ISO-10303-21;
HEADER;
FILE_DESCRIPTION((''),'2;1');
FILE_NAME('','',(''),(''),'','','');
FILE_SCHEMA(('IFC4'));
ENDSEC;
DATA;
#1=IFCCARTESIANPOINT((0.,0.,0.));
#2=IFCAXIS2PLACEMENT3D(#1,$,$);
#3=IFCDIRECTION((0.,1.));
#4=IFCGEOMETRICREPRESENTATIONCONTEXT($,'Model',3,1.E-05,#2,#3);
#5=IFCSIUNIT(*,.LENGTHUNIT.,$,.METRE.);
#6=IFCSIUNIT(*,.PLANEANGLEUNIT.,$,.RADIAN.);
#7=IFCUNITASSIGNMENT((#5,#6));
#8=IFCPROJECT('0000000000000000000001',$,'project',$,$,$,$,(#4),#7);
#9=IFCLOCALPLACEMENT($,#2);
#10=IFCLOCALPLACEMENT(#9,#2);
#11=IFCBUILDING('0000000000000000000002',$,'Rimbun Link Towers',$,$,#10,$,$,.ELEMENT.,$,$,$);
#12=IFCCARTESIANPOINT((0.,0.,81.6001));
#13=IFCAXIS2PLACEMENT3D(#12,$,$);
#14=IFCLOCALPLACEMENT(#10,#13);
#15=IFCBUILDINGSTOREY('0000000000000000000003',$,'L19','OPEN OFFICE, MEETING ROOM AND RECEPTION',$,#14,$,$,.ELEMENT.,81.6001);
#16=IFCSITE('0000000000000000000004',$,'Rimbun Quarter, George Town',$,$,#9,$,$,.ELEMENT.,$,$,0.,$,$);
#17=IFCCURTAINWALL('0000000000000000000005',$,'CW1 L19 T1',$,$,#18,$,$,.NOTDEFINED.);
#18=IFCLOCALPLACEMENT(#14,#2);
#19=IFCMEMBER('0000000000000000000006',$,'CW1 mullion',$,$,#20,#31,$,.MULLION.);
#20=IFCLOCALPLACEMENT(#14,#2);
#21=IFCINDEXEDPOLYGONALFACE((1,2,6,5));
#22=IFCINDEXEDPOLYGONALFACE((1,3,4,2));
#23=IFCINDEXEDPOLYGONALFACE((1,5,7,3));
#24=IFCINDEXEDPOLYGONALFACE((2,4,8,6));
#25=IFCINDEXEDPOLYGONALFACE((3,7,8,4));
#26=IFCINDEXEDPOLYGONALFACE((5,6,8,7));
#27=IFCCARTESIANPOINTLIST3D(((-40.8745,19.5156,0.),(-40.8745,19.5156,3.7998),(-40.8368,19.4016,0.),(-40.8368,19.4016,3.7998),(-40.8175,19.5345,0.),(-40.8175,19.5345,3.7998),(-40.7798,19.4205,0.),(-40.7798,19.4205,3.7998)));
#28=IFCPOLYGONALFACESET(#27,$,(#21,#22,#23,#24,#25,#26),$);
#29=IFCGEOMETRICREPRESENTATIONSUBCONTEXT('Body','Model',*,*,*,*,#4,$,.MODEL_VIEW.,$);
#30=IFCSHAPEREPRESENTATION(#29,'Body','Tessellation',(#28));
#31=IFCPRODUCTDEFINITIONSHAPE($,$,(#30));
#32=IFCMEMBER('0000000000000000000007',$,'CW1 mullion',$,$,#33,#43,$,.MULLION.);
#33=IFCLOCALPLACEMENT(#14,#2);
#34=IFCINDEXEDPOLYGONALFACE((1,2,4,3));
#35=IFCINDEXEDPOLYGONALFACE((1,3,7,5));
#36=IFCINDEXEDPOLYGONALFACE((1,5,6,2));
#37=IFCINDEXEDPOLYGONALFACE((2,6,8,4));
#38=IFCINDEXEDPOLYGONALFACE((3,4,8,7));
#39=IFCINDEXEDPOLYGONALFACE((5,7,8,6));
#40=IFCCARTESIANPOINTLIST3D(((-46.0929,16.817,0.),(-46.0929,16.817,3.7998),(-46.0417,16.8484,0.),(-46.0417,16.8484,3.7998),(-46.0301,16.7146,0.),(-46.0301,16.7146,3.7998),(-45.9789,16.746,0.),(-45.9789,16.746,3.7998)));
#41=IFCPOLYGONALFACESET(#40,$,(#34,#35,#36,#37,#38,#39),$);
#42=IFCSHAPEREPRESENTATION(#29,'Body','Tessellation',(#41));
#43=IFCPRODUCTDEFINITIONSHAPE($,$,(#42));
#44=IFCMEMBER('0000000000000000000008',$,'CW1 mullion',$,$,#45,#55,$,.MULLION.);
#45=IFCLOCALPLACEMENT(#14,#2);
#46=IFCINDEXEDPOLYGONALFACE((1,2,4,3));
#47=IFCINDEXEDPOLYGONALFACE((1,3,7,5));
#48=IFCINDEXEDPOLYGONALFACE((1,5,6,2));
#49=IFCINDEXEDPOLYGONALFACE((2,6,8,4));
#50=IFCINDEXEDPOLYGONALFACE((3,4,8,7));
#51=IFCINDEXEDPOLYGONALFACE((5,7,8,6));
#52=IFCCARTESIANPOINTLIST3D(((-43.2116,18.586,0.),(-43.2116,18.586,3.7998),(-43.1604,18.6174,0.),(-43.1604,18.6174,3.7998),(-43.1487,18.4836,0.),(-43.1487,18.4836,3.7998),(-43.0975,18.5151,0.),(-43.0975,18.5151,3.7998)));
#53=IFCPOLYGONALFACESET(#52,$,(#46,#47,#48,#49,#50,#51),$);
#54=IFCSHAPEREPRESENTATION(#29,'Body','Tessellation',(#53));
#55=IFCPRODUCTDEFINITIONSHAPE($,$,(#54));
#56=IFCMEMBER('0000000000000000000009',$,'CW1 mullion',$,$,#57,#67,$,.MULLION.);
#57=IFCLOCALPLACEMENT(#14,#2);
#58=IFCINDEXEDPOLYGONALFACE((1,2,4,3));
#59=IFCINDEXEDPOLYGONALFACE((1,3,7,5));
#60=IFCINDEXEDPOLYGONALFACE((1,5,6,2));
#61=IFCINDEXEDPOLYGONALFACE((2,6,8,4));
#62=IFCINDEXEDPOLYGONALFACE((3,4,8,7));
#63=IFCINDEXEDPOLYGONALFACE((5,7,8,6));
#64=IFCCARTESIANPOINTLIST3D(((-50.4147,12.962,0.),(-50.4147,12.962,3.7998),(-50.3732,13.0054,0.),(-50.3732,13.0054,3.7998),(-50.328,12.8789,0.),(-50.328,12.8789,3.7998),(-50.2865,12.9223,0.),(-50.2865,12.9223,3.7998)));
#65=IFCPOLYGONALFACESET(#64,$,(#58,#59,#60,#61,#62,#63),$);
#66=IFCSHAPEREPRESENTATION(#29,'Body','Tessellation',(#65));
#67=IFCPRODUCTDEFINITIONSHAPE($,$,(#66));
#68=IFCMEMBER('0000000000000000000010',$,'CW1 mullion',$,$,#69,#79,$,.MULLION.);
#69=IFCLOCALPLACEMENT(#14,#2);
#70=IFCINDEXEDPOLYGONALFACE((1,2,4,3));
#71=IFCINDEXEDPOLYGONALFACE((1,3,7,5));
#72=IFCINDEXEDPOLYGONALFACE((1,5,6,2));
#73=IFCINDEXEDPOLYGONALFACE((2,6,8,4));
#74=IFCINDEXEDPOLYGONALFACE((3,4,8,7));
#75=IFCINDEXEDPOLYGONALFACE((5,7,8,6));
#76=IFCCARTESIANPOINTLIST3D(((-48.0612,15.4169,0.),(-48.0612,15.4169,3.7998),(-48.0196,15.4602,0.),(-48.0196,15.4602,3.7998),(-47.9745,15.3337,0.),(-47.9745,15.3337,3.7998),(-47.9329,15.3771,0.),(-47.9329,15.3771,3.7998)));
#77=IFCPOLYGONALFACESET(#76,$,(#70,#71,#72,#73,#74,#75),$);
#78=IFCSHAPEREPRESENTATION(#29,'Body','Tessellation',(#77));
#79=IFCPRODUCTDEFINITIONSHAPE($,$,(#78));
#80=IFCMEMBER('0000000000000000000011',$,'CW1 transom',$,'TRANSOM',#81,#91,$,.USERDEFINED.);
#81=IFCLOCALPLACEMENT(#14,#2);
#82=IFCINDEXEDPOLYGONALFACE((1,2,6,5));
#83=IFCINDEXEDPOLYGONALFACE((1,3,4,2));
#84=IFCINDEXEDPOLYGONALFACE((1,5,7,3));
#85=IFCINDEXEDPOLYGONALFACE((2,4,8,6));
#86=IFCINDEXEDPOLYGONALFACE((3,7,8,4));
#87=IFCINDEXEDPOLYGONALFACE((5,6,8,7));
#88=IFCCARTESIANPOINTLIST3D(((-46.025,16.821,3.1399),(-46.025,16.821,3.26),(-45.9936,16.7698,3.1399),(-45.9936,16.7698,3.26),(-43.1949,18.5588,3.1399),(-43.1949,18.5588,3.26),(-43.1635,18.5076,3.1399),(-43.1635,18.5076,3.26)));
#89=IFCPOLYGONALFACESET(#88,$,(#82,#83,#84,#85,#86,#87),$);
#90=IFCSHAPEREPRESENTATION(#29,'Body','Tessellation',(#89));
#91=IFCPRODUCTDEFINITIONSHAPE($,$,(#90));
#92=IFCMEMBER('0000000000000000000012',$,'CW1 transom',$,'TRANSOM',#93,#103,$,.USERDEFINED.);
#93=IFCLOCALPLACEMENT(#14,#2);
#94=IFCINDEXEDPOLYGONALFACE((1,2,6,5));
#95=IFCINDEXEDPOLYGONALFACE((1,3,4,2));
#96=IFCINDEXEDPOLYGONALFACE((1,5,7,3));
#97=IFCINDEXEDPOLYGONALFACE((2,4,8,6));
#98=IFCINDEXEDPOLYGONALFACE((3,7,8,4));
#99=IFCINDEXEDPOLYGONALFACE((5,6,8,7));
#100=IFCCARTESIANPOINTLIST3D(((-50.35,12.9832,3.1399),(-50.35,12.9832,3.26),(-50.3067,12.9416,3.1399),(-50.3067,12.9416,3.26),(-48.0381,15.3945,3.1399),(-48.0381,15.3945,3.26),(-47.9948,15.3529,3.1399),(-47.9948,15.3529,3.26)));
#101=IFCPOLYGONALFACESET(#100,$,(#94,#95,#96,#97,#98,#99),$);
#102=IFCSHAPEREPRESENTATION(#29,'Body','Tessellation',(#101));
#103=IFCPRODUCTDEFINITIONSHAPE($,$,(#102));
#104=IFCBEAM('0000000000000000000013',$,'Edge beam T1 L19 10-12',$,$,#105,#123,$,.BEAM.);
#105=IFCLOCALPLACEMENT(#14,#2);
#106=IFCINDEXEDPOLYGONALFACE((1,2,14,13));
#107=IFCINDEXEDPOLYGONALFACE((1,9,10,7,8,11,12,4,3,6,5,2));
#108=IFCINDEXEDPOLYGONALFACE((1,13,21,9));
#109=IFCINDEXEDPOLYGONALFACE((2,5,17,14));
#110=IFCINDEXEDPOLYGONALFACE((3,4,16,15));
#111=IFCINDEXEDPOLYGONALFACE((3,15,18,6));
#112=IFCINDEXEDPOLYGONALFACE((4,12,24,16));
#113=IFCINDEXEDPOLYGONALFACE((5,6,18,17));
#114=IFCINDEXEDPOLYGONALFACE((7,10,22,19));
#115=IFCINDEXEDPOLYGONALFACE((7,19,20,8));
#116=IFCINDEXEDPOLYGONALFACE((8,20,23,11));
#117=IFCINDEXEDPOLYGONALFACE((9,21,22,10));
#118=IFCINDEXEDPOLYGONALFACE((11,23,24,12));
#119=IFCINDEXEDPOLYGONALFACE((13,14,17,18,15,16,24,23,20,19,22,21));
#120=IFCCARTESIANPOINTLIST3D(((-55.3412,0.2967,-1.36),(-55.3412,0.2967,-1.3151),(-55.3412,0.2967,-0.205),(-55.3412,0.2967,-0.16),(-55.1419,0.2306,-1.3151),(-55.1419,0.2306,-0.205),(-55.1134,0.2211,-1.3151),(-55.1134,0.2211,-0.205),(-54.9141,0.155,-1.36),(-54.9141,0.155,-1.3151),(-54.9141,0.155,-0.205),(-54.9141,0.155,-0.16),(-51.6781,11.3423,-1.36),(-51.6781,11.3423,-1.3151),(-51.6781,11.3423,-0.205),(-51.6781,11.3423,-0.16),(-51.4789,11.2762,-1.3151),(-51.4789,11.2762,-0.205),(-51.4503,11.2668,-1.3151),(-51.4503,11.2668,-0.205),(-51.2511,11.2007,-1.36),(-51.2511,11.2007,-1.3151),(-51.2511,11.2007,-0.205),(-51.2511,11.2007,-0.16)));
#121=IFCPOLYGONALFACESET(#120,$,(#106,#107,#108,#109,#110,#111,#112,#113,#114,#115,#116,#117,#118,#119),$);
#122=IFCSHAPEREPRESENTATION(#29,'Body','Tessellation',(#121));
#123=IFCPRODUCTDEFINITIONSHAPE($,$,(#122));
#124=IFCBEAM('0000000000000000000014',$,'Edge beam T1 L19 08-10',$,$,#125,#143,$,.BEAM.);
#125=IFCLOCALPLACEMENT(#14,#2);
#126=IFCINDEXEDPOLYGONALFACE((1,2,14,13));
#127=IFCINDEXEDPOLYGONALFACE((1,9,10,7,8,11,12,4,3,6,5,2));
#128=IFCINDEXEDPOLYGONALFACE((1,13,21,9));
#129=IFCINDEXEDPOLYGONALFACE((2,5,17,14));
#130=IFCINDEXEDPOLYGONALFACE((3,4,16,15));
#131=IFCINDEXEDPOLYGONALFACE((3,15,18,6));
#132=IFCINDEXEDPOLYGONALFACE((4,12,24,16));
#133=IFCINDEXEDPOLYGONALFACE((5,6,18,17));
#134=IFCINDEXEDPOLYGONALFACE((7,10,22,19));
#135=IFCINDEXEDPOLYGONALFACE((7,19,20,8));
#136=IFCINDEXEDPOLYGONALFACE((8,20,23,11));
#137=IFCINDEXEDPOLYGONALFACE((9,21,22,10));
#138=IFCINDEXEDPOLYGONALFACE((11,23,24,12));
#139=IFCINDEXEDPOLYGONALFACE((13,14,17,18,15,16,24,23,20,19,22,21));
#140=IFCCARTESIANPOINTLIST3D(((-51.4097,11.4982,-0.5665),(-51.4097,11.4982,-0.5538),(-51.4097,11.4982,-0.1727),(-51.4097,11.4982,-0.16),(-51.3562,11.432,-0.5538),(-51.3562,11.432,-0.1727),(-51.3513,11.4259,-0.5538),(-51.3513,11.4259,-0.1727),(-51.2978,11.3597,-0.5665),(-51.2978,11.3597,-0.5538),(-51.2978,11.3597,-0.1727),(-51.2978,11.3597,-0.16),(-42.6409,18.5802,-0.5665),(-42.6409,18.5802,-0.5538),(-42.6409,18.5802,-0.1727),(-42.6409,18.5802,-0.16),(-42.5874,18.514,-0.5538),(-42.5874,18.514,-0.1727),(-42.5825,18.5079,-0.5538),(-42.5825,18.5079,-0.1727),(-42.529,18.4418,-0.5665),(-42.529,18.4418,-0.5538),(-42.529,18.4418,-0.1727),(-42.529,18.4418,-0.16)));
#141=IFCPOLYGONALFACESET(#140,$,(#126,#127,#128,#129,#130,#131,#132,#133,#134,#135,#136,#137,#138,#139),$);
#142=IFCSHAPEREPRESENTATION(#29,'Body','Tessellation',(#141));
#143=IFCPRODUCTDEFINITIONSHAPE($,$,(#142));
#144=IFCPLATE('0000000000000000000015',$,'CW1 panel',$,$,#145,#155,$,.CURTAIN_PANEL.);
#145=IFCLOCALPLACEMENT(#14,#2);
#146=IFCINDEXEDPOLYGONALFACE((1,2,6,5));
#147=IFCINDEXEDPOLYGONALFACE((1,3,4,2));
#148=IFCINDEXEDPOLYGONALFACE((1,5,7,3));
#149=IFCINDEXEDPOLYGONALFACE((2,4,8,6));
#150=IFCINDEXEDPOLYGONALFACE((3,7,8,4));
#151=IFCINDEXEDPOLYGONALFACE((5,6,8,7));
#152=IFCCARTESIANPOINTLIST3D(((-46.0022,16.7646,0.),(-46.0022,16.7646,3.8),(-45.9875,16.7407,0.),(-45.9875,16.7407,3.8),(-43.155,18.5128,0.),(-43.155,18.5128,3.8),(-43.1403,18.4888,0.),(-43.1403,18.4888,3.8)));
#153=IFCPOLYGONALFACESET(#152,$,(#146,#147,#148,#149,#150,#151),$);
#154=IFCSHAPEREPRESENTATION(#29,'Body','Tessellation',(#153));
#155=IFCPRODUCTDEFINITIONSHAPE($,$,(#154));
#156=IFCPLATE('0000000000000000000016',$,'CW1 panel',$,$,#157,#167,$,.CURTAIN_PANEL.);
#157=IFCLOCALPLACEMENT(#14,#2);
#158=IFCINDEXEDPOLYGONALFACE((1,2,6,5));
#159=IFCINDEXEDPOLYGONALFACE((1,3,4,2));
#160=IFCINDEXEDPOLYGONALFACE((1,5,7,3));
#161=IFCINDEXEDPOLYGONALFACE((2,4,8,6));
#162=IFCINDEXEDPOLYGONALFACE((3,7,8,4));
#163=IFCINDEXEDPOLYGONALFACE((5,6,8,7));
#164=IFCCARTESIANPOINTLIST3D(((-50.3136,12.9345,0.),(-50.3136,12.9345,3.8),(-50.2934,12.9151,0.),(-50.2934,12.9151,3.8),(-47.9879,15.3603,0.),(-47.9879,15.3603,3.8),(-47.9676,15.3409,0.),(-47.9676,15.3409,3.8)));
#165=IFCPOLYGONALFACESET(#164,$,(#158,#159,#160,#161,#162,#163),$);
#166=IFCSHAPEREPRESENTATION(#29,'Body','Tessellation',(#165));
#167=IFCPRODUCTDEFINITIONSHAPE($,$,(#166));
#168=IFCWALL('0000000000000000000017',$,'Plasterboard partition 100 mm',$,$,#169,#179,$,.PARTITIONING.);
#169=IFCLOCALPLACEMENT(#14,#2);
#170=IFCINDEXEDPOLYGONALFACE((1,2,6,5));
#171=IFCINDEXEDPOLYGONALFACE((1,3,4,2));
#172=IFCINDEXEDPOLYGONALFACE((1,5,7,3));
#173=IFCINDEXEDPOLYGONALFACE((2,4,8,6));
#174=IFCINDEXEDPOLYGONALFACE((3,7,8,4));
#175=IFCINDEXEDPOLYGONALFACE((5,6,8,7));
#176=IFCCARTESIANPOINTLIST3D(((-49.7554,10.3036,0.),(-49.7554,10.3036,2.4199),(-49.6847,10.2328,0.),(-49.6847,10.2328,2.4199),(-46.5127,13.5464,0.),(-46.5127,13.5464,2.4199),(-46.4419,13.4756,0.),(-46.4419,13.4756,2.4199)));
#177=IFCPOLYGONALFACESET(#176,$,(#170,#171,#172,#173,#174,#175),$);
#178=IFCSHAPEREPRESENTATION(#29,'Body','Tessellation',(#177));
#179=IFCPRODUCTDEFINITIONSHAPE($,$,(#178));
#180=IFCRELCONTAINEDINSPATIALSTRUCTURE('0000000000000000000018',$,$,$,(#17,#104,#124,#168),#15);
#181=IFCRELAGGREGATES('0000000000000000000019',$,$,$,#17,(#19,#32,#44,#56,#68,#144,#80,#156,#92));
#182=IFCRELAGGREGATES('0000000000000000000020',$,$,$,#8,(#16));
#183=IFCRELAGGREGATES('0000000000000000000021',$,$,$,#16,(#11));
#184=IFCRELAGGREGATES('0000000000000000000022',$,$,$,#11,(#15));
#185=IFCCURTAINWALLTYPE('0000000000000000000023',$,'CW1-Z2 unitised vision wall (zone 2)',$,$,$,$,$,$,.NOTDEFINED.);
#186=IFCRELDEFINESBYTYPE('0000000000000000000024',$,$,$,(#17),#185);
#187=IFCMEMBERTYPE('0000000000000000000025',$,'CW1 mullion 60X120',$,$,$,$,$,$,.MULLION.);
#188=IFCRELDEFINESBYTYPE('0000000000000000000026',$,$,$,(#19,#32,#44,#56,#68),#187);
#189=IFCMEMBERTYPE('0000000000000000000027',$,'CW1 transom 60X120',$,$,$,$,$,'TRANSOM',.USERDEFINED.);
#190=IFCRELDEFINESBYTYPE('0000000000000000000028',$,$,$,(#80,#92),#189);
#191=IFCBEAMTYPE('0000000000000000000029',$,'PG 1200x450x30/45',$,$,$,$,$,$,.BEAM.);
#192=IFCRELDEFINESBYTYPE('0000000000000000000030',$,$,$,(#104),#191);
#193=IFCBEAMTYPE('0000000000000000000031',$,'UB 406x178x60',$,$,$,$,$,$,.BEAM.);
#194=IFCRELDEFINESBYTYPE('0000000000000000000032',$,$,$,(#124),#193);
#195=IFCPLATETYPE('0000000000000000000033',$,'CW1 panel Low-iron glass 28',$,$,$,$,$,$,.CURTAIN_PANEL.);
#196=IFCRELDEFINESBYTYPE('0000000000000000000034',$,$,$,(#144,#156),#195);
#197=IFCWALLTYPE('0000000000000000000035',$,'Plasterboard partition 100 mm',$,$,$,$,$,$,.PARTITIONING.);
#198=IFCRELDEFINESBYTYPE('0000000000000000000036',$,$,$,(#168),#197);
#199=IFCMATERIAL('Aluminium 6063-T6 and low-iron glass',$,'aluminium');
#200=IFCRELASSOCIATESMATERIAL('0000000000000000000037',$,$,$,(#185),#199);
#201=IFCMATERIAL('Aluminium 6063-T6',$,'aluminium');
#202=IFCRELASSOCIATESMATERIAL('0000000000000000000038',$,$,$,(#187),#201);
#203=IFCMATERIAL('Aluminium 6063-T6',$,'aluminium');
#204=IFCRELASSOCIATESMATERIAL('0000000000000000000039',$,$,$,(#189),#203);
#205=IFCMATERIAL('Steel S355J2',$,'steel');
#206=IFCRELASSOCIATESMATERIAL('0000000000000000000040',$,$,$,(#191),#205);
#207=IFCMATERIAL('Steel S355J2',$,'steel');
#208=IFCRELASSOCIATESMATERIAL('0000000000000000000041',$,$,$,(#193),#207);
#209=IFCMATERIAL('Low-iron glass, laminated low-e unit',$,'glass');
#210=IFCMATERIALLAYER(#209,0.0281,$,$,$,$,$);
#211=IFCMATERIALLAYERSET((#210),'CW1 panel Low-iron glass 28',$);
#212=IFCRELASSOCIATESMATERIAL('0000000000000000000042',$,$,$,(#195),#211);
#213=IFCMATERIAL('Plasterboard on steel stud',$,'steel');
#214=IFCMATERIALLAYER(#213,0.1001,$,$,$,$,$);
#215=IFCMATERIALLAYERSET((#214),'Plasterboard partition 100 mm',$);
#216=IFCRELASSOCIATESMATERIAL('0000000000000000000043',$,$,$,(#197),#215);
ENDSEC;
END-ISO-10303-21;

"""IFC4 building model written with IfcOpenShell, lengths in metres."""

from ifc_helpers import new_model, si_unit, direction, frame, frame_2d, origin, origin_2d, place, context, subcontext, project, spatial, rectangle, i_section, extrude, material, layer, layer_set, material_profile, profile_set, type_object, element, aggregate, save


model = new_model("IFC4")

# Units and contexts
model_context = context("Model", 3, precision=1e-05, world=origin(), true_north=direction((0.0, 1.0)))
body_context = subcontext(model_context, "Body", "Model", "MODEL_VIEW")
ifc_project = project(units=[si_unit("LENGTHUNIT", "METRE"), si_unit("PLANEANGLEUNIT", "RADIAN")], contexts=[model_context])

# Site, building, storey
site_placement = place(None, origin())
site = spatial("IfcSite", under=ifc_project, at=site_placement, Name="Rimbun Quarter, George Town", CompositionType="ELEMENT", RefElevation=0.0)
building_placement = place(site_placement, origin())
building = spatial("IfcBuilding", under=site, at=building_placement, Name="Rimbun Link Towers", CompositionType="ELEMENT")
storey_placement = place(building_placement, frame((0.0, 0.0, 81.6001)))
storey = spatial("IfcBuildingStorey", under=building, at=storey_placement, Name="L19", Description="OPEN OFFICE, MEETING ROOM AND RECEPTION", CompositionType="ELEMENT", Elevation=81.6001)

# Curtain wall, members
ifc_material_1 = material(Name="Aluminium 6063-T6 and low-iron glass", Category="aluminium")
curtain_wall_type = type_object("IfcCurtainWallType", Name="CW1-Z2 unitised vision wall (zone 2)", PredefinedType="NOTDEFINED", material=ifc_material_1)
curtain_wall_placement = place(storey_placement, origin())
curtain_wall = element("IfcCurtainWall", 1, at=curtain_wall_placement, inside=storey, type_object=curtain_wall_type, Name="CW1 L19 T1", PredefinedType="NOTDEFINED")
ifc_material_2 = material(Name="Aluminium 6063-T6", Category="aluminium")
ifc_material_profile_1 = material_profile(ifc_material_2, rectangle(XDim=0.1201, YDim=0.0601, at=origin_2d()), Name="MULLION 60X120")
ifc_profile_set_1 = profile_set([ifc_material_profile_1], Name="Aluminium 6063-T6")
member_type_1 = type_object("IfcMemberType", Name="CW1 mullion 60X120", PredefinedType="MULLION", material=ifc_profile_set_1)
member_1_placement = place(storey_placement, frame((-40.8271, 19.468, 0.0), z_axis=(0.0, 0.0, 1.0), x_axis=(-0.314576, 0.949232, 0.0)))
member_1 = element("IfcMember", 2, at=member_1_placement, type_object=member_type_1, Name="CW1 mullion", PredefinedType="MULLION", context=body_context, shape_type="SweptSolid", body=[
    extrude(rectangle(XDim=0.1201, YDim=0.0601, at=origin_2d()), origin(), (0.0, 0.0, 1.0), 3.7998),
])
member_2_placement = place(storey_placement, frame((-46.0359, 16.7815, 0.0), z_axis=(0.0, 0.0, 1.0), x_axis=(-0.523237, 0.852187, 0.0)))
member_2 = element("IfcMember", 3, at=member_2_placement, type_object=member_type_1, Name="CW1 mullion", PredefinedType="MULLION", context=body_context, shape_type="SweptSolid", body=[
    extrude(rectangle(XDim=0.1201, YDim=0.0601, at=origin_2d()), origin(), (0.0, 0.0, 1.0), 3.7998),
])
member_3_placement = place(storey_placement, frame((-43.1545, 18.5505, 0.0), z_axis=(0.0, 0.0, 1.0), x_axis=(-0.523237, 0.852187, 0.0)))
member_3 = element("IfcMember", 4, at=member_3_placement, type_object=member_type_1, Name="CW1 mullion", PredefinedType="MULLION", context=body_context, shape_type="SweptSolid", body=[
    extrude(rectangle(XDim=0.1201, YDim=0.0601, at=origin_2d()), origin(), (0.0, 0.0, 1.0), 3.7998),
])
member_4_placement = place(storey_placement, frame((-50.3506, 12.9421, 0.0), z_axis=(0.0, 0.0, 1.0), x_axis=(-0.721839, 0.692061, 0.0)))
member_4 = element("IfcMember", 5, at=member_4_placement, type_object=member_type_1, Name="CW1 mullion", PredefinedType="MULLION", context=body_context, shape_type="SweptSolid", body=[
    extrude(rectangle(XDim=0.1201, YDim=0.0601, at=origin_2d()), origin(), (0.0, 0.0, 1.0), 3.7998),
])
member_5_placement = place(storey_placement, frame((-47.9971, 15.397, 0.0), z_axis=(0.0, 0.0, 1.0), x_axis=(-0.721839, 0.692061, 0.0)))
member_5 = element("IfcMember", 6, at=member_5_placement, type_object=member_type_1, Name="CW1 mullion", PredefinedType="MULLION", context=body_context, shape_type="SweptSolid", body=[
    extrude(rectangle(XDim=0.1201, YDim=0.0601, at=origin_2d()), origin(), (0.0, 0.0, 1.0), 3.7998),
])
ifc_material_3 = material(Name="Aluminium 6063-T6", Category="aluminium")
ifc_material_profile_2 = material_profile(ifc_material_3, rectangle(XDim=0.0601, YDim=0.1201, at=origin_2d()), Name="TRANSOM 60X120")
ifc_profile_set_2 = profile_set([ifc_material_profile_2], Name="Aluminium 6063-T6")
member_type_2 = type_object("IfcMemberType", Name="CW1 transom 60X120", ElementType="TRANSOM", PredefinedType="USERDEFINED", material=ifc_profile_set_2)
member_6_placement = place(storey_placement, frame((-46.0093, 16.7954, 3.2), z_axis=(0.852168, 0.523269, 0.0), x_axis=(-0.523269, 0.852168, 0.0)))
member_6 = element("IfcMember", 7, at=member_6_placement, type_object=member_type_2, Name="CW1 transom", ObjectType="TRANSOM", PredefinedType="USERDEFINED", context=body_context, shape_type="SweptSolid", body=[
    extrude(rectangle(XDim=0.0601, YDim=0.1201, at=origin_2d()), origin(), (0.0, 0.0, 1.0), 3.321),
])
member_7_placement = place(storey_placement, frame((-50.3284, 12.9624, 3.2), z_axis=(0.692078, 0.721822, 0.0), x_axis=(-0.721822, 0.692078, 0.0)))
member_7 = element("IfcMember", 8, at=member_7_placement, type_object=member_type_2, Name="CW1 transom", ObjectType="TRANSOM", PredefinedType="USERDEFINED", context=body_context, shape_type="SweptSolid", body=[
    extrude(rectangle(XDim=0.0601, YDim=0.1201, at=origin_2d()), origin(), (0.0, 0.0, 1.0), 3.3406),
])

# Beams
ifc_material_4 = material(Name="Steel S355J2", Category="steel")
ifc_material_profile_3 = material_profile(ifc_material_4, i_section(OverallWidth=0.45, OverallDepth=1.2, WebThickness=0.03, FlangeThickness=0.0449, at=origin_2d()), Name="PG 1200x450x30/45")
ifc_profile_set_3 = profile_set([ifc_material_profile_3], Name="Steel S355J2")
beam_type_1 = type_object("IfcBeamType", Name="PG 1200x450x30/45", PredefinedType="BEAM", material=ifc_profile_set_3)
beam_1_placement = place(storey_placement, frame((-51.4646, 11.2715, -0.76), z_axis=(-0.314774, -0.949167, 0.0), x_axis=(0.949167, -0.314774, 0.0)))
element("IfcBeam", 9, at=beam_1_placement, inside=storey, type_object=beam_type_1, Name="Edge beam T1 L19 10-12", PredefinedType="BEAM", context=body_context, shape_type="SweptSolid", body=[
    extrude(i_section(OverallWidth=0.45, OverallDepth=1.2, WebThickness=0.03, FlangeThickness=0.0449, at=origin_2d()), origin(), (0.0, 0.0, 1.0), 11.6372),
])
ifc_material_5 = material(Name="Steel S355J2", Category="steel")
ifc_material_profile_4 = material_profile(ifc_material_5, i_section(OverallWidth=0.178, OverallDepth=0.4065, WebThickness=0.0078, FlangeThickness=0.0127, at=origin_2d()), Name="UB 406x178x60")
ifc_profile_set_4 = profile_set([ifc_material_profile_4], Name="Steel S355J2")
beam_type_2 = type_object("IfcBeamType", Name="UB 406x178x60", PredefinedType="BEAM", material=ifc_profile_set_4)
beam_2_placement = place(storey_placement, frame((-42.585, 18.511, -0.3633), z_axis=(-0.777961, -0.628312, 0.0), x_axis=(0.628312, -0.777961, 0.0)))
element("IfcBeam", 10, at=beam_2_placement, inside=storey, type_object=beam_type_2, Name="Edge beam T1 L19 08-10", PredefinedType="BEAM", context=body_context, shape_type="SweptSolid", body=[
    extrude(i_section(OverallWidth=0.178, OverallDepth=0.4065, WebThickness=0.0078, FlangeThickness=0.0127, at=origin_2d()), origin(), (0.0, 0.0, 1.0), 11.2715),
])

# Plates
ifc_material_6 = material(Name="Low-iron glass, laminated low-e unit", Category="glass")
ifc_layer_1 = layer(ifc_material_6, 0.0281)
ifc_layer_set_1 = layer_set([ifc_layer_1], Name="CW1 panel Low-iron glass 28")
plate_type = type_object("IfcPlateType", Name="CW1 panel Low-iron glass 28", PredefinedType="CURTAIN_PANEL", material=ifc_layer_set_1)
plate_1_placement = place(storey_placement, frame((-44.5713, 17.6267, 0.0), z_axis=(0.0, 0.0, 1.0), x_axis=(0.852187, 0.523237, 0.0)))
plate_1 = element("IfcPlate", 11, at=plate_1_placement, type_object=plate_type, Name="CW1 panel", PredefinedType="CURTAIN_PANEL", context=body_context, shape_type="SweptSolid", body=[
    extrude(rectangle(XDim=3.3411, YDim=0.0281, at=origin_2d()), origin(), (0.0, 0.0, 1.0), 3.8),
])
plate_2_placement = place(storey_placement, frame((-49.1406, 14.1377, 0.0), z_axis=(0.0, 0.0, 1.0), x_axis=(0.692061, 0.721839, 0.0)))
plate_2 = element("IfcPlate", 12, at=plate_2_placement, type_object=plate_type, Name="CW1 panel", PredefinedType="CURTAIN_PANEL", context=body_context, shape_type="SweptSolid", body=[
    extrude(rectangle(XDim=3.3606, YDim=0.0281, at=origin_2d()), origin(), (0.0, 0.0, 1.0), 3.8),
])
aggregate(curtain_wall, [member_1, member_2, member_3, member_4, member_5, plate_1, member_6, plate_2, member_7])

# Wall
ifc_material_7 = material(Name="Plasterboard on steel stud", Category="steel")
ifc_layer_2 = layer(ifc_material_7, 0.1001)
ifc_layer_set_2 = layer_set([ifc_layer_2], Name="Plasterboard partition 100 mm")
wall_type = type_object("IfcWallType", Name="Plasterboard partition 100 mm", PredefinedType="PARTITIONING", material=ifc_layer_set_2)
wall_placement = place(storey_placement, frame((-46.4773, 13.511, 0.0), z_axis=(0.0, 0.0, 1.0), x_axis=(-0.707107, -0.707107, 0.0)))
element("IfcWall", 13, at=wall_placement, inside=storey, type_object=wall_type, Name="Plasterboard partition 100 mm", PredefinedType="PARTITIONING", context=body_context, shape_type="SweptSolid", body=[
    extrude(rectangle(XDim=4.5859, YDim=0.1001, at=frame_2d((2.293, 0.0))), origin(), (0.0, 0.0, 1.0), 2.4199),
])

save(model, "model.ifc")
